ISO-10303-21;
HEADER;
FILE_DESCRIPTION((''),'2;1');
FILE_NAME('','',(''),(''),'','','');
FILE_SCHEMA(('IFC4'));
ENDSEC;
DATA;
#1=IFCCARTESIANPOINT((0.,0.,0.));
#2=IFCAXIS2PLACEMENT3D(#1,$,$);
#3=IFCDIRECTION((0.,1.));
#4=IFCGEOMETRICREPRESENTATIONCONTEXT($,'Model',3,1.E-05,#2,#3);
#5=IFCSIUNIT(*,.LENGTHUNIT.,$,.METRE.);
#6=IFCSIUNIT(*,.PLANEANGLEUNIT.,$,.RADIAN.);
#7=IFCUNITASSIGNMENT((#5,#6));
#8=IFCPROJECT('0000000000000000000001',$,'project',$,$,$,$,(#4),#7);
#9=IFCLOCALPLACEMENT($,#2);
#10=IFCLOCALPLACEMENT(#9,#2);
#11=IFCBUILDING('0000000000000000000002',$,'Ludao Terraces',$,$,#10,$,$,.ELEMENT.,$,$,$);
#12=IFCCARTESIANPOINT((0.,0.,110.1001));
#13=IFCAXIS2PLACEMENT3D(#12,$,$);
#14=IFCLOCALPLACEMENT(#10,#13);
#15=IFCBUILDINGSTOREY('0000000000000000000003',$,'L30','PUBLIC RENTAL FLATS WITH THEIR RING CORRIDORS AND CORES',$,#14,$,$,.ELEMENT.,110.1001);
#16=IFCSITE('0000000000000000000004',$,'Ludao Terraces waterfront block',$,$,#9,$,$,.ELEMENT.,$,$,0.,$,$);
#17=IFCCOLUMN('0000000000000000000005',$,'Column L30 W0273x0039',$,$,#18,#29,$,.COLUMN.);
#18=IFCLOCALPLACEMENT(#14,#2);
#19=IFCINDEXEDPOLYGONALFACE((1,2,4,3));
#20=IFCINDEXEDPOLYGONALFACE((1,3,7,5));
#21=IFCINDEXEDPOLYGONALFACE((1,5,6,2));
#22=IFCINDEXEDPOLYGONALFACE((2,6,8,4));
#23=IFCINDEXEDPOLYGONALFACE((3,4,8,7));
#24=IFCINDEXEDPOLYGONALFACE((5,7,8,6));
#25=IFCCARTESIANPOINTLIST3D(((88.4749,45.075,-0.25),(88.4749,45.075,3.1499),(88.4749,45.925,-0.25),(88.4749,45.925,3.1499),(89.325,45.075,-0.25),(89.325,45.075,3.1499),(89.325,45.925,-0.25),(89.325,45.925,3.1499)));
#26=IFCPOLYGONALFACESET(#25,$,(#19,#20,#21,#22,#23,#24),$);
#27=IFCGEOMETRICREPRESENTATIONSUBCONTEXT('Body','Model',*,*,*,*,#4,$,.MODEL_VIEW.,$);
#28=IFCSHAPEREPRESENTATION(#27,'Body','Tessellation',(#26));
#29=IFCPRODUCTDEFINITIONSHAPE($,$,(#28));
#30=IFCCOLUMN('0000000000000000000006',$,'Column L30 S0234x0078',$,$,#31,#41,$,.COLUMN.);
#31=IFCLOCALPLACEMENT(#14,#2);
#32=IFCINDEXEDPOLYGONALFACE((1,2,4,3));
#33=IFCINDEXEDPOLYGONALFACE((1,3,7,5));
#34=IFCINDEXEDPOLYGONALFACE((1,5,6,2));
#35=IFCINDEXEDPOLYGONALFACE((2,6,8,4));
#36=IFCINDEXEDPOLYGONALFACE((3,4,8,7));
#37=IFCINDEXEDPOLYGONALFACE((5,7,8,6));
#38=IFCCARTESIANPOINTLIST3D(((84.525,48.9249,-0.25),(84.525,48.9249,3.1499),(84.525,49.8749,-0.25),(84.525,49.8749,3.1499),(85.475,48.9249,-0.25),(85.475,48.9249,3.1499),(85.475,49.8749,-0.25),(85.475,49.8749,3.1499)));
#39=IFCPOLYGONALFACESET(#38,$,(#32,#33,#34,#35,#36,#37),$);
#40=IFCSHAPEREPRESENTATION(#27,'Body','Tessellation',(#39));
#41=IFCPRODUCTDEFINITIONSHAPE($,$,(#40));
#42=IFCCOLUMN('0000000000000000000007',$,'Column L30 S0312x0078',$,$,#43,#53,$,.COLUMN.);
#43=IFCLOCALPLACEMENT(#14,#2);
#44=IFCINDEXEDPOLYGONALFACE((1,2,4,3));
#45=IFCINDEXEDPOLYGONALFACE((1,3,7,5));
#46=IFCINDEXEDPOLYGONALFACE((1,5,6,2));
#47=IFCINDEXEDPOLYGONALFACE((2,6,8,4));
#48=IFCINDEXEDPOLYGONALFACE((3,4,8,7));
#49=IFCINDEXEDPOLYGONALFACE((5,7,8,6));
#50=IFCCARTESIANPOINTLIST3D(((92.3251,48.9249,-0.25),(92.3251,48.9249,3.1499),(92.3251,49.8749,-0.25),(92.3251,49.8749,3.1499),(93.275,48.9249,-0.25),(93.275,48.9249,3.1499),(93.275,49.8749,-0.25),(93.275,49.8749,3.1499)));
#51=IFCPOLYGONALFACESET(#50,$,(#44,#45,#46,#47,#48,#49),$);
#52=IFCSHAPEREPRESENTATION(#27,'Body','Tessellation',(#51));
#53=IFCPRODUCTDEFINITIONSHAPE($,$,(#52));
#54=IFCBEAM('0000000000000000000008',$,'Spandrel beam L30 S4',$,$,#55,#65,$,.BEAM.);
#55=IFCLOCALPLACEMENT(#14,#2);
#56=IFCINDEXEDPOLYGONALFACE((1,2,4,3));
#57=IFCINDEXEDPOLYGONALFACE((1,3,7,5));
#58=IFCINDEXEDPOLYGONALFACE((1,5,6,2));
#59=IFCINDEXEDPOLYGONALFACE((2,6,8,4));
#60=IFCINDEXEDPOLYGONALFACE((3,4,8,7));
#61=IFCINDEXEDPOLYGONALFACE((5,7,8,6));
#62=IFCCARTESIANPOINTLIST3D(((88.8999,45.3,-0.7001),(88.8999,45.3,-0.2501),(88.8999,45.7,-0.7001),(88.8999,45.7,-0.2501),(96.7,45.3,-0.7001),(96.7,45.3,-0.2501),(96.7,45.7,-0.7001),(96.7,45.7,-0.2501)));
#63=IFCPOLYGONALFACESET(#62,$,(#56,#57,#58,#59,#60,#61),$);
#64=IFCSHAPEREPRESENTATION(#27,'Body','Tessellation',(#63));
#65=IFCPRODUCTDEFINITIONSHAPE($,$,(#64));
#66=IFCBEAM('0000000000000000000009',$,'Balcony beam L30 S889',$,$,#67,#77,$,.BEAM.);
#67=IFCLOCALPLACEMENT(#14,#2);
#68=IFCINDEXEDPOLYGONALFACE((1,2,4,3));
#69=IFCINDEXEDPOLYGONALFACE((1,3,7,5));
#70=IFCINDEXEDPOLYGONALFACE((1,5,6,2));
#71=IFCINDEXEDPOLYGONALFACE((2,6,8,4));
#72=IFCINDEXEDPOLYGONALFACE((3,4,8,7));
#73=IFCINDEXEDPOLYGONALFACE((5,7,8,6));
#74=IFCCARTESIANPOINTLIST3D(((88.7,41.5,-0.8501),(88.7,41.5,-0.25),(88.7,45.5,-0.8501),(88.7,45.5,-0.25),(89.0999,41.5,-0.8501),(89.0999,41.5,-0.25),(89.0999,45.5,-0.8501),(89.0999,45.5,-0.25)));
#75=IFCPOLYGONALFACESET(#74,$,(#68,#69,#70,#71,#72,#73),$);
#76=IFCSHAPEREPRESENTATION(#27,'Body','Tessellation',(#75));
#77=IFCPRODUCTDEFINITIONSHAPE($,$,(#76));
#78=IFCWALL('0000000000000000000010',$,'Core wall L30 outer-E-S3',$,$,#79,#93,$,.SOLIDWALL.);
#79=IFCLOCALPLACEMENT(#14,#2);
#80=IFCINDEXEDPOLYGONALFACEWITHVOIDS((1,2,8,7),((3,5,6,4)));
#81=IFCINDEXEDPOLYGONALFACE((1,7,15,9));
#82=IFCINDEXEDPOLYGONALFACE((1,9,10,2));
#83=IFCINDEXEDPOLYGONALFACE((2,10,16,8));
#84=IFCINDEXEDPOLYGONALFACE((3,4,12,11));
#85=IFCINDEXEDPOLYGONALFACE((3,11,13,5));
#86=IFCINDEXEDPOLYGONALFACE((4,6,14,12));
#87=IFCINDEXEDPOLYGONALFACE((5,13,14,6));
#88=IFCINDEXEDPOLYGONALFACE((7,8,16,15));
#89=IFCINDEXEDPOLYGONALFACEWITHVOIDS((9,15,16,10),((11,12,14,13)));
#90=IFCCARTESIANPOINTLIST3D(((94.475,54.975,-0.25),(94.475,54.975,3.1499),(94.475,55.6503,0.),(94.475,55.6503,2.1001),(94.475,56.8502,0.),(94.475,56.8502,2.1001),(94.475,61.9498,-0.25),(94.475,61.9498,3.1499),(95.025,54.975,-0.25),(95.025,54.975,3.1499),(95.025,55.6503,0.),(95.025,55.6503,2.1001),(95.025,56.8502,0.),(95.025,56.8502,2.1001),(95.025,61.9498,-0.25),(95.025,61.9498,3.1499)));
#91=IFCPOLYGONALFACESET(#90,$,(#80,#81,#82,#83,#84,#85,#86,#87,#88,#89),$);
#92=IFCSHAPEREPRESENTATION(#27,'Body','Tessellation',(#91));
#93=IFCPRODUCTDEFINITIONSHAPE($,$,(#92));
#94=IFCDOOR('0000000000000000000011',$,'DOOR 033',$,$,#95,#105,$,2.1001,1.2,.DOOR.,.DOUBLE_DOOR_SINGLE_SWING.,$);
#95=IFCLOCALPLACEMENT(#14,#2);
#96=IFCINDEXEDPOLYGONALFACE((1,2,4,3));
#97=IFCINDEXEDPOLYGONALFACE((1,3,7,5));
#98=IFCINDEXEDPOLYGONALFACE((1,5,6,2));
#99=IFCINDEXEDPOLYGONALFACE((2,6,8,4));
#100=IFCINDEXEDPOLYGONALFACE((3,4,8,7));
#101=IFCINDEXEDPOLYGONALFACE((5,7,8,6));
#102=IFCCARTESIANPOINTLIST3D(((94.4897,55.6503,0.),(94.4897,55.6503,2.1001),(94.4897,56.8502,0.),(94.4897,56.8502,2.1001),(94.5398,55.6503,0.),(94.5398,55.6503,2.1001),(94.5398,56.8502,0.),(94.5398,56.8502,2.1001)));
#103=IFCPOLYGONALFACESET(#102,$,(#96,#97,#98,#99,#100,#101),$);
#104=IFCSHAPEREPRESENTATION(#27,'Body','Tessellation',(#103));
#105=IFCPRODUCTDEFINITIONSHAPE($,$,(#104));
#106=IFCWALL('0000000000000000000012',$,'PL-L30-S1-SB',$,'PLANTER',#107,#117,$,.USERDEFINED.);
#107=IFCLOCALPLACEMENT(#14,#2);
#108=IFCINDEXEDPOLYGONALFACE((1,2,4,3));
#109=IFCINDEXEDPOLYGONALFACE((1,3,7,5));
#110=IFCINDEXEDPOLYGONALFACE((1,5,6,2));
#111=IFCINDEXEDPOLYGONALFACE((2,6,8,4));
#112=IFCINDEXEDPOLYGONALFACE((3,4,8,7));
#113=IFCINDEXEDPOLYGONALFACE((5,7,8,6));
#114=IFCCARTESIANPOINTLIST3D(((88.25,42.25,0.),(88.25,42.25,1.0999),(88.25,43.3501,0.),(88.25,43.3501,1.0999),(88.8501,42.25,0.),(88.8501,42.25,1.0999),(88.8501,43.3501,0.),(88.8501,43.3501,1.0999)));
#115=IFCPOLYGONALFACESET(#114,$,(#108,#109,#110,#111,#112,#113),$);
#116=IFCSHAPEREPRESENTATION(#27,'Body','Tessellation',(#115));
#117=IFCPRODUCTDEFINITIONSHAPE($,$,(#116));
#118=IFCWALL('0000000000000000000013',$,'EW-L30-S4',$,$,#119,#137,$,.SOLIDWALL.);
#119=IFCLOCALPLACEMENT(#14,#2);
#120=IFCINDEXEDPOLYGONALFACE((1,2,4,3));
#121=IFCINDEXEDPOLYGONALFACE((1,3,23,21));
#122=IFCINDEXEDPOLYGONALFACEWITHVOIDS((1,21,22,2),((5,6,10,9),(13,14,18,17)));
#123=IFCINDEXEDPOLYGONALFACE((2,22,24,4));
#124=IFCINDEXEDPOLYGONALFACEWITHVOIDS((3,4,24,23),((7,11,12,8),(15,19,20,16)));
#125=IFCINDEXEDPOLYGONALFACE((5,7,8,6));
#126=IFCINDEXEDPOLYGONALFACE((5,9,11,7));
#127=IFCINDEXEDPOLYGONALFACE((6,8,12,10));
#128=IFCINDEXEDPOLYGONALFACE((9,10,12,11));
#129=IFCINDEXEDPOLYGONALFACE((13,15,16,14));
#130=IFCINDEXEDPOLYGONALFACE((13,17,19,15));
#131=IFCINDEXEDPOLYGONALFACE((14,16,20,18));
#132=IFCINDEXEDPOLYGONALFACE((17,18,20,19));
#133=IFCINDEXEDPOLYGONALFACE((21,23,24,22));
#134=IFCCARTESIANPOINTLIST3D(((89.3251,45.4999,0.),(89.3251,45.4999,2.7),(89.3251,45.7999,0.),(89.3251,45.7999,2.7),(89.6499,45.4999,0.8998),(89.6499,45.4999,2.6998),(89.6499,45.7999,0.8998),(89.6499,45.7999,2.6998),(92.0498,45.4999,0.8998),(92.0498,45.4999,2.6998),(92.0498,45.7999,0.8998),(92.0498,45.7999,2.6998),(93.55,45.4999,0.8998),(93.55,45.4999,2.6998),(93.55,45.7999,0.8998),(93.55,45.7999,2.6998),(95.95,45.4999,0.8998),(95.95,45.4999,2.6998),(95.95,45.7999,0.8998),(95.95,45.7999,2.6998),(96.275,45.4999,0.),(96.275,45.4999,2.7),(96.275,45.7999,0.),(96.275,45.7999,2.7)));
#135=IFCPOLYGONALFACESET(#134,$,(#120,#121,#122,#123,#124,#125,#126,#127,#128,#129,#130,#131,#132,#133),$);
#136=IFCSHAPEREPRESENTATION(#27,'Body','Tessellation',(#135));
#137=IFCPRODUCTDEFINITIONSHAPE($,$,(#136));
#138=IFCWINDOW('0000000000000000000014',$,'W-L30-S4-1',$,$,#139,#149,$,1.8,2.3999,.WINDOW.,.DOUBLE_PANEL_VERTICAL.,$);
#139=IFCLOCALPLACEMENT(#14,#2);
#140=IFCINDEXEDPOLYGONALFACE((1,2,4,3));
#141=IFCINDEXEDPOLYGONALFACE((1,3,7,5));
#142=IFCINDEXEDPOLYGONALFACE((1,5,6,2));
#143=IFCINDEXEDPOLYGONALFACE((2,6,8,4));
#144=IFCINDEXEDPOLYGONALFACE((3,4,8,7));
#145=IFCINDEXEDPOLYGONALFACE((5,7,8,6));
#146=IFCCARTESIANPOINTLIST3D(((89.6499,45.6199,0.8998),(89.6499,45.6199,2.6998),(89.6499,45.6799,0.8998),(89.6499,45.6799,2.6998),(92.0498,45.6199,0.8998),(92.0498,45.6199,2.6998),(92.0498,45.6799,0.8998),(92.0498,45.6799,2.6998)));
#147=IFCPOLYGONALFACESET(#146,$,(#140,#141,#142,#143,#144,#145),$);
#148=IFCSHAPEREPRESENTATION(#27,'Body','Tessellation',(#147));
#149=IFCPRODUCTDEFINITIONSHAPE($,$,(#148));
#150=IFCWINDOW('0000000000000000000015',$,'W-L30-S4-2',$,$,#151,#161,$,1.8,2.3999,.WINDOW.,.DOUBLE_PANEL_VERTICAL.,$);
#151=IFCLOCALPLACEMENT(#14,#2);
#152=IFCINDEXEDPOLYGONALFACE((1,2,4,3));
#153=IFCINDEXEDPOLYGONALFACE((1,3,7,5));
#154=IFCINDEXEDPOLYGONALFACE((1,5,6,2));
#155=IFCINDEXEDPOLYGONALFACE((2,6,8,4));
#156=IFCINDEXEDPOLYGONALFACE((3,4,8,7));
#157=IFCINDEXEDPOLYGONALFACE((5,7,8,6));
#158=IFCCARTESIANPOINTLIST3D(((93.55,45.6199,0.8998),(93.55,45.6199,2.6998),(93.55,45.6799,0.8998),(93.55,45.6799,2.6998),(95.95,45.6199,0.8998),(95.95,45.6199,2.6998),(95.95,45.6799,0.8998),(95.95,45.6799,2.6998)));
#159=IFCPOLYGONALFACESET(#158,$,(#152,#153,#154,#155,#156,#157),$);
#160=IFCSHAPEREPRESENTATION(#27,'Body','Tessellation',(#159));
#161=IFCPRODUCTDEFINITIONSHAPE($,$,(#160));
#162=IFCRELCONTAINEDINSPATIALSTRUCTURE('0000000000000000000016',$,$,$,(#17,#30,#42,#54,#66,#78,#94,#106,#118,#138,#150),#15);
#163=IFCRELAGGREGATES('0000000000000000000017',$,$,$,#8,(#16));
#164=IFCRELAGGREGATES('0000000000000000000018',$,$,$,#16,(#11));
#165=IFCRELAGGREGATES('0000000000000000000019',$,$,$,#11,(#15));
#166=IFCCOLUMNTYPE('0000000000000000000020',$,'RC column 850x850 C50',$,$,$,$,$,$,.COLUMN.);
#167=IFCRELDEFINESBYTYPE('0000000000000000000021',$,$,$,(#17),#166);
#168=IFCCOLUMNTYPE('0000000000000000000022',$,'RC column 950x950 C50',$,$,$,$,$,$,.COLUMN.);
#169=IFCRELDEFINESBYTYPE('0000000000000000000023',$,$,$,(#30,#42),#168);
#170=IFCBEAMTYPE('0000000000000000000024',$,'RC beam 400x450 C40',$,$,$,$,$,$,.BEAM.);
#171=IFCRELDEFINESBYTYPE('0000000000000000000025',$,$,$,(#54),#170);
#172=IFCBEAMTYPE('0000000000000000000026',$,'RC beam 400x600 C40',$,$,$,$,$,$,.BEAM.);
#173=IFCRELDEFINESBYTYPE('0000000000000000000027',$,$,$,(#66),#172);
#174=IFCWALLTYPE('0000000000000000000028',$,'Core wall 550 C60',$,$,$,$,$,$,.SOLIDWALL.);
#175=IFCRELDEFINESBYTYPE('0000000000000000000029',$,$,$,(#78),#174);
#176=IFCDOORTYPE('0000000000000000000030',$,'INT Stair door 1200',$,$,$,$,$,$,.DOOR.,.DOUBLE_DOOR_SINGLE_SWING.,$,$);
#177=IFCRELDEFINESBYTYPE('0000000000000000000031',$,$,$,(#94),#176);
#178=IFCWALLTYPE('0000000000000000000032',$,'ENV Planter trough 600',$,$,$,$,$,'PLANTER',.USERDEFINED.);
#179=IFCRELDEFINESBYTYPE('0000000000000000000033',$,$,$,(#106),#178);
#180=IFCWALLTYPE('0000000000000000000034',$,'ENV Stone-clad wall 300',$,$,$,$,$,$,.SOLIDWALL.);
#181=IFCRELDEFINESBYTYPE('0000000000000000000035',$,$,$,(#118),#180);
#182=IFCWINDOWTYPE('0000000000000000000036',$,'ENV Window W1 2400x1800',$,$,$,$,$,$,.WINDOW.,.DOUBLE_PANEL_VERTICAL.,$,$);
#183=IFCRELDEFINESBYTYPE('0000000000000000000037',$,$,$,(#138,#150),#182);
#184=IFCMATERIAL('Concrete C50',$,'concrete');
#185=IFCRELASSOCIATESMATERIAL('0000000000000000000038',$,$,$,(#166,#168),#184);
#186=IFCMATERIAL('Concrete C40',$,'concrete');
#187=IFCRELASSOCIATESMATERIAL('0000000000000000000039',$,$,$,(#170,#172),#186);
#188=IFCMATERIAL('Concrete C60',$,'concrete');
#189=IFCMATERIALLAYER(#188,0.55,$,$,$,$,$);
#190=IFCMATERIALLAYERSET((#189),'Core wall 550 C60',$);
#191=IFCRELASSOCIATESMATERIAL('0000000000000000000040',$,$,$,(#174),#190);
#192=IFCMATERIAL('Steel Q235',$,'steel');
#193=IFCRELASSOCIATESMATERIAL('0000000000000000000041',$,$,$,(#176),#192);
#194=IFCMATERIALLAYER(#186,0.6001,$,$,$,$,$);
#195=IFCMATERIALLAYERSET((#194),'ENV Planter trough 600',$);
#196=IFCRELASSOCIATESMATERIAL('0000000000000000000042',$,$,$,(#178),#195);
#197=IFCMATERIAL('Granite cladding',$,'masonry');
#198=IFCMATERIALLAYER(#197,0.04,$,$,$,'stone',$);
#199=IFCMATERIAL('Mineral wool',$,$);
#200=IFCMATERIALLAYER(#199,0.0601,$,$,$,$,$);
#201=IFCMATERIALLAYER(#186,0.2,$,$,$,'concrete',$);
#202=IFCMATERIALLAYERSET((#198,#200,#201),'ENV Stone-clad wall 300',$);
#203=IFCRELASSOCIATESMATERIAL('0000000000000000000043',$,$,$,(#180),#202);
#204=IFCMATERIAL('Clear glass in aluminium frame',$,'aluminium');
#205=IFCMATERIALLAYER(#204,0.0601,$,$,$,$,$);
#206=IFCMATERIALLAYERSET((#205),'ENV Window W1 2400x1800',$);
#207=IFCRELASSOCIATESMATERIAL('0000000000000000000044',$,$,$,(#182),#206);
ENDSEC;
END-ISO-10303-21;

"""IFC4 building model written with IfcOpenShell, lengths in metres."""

from ifc_helpers import new_model, si_unit, direction, frame, frame_2d, origin, origin_2d, place, context, subcontext, project, spatial, rectangle, extrude, material, layer, layer_set, material_profile, profile_set, type_object, element, fill, save


model = new_model("IFC4")

# Units and contexts
model_context = context("Model", 3, precision=1e-05, world=origin(), true_north=direction((0.0, 1.0)))
body_context = subcontext(model_context, "Body", "Model", "MODEL_VIEW")
ifc_project = project(units=[si_unit("LENGTHUNIT", "METRE"), si_unit("PLANEANGLEUNIT", "RADIAN")], contexts=[model_context])

# Site, building, storey
site_placement = place(None, origin())
site = spatial("IfcSite", under=ifc_project, at=site_placement, Name="Ludao Terraces waterfront block", CompositionType="ELEMENT", RefElevation=0.0)
building_placement = place(site_placement, origin())
building = spatial("IfcBuilding", under=site, at=building_placement, Name="Ludao Terraces", CompositionType="ELEMENT")
storey_placement = place(building_placement, frame((0.0, 0.0, 110.1001)))
storey = spatial("IfcBuildingStorey", under=building, at=storey_placement, Name="L30", Description="PUBLIC RENTAL FLATS WITH THEIR RING CORRIDORS AND CORES", CompositionType="ELEMENT", Elevation=110.1001)

# Columns
ifc_material_1 = material(Name="Concrete C50", Category="concrete")
ifc_material_profile_1 = material_profile(ifc_material_1, rectangle(XDim=0.8501, YDim=0.8501, at=origin_2d()), Name="850 X 850")
ifc_profile_set_1 = profile_set([ifc_material_profile_1], Name="Concrete C50")
column_type_1 = type_object("IfcColumnType", Name="RC column 850x850 C50", PredefinedType="COLUMN", material=ifc_profile_set_1)
column_placement = place(storey_placement, frame((88.8999, 45.5, -0.25), z_axis=(0.0, 0.0, 1.0), x_axis=(1.0, 0.0, 0.0)))
element("IfcColumn", 1, at=column_placement, inside=storey, type_object=column_type_1, Name="Column L30 W0273x0039", PredefinedType="COLUMN", context=body_context, shape_type="SweptSolid", body=[
    extrude(rectangle(XDim=0.8501, YDim=0.8501, at=origin_2d()), origin(), (0.0, 0.0, 1.0), 3.3999),
])
ifc_material_profile_2 = material_profile(ifc_material_1, rectangle(XDim=0.95, YDim=0.95, at=origin_2d()), Name="950 X 950")
ifc_profile_set_2 = profile_set([ifc_material_profile_2], Name="Concrete C50")
column_type_2 = type_object("IfcColumnType", Name="RC column 950x950 C50", PredefinedType="COLUMN", material=ifc_profile_set_2)
for number, where, z_axis, x_axis, name in (
    (2, (85.0, 49.3999, -0.25), (0.0, 0.0, 1.0), (1.0, 0.0, 0.0), "Column L30 S0234x0078"),
    (3, (92.8, 49.3999, -0.25), (0.0, 0.0, 1.0), (1.0, 0.0, 0.0), "Column L30 S0312x0078"),
):
    element("IfcColumn", number, at=place(storey_placement, frame(where, z_axis=z_axis, x_axis=x_axis)), inside=storey, type_object=column_type_2, Name=name, PredefinedType="COLUMN", context=body_context, shape_type="SweptSolid", body=[
        extrude(rectangle(XDim=0.95, YDim=0.95, at=origin_2d()), origin(), (0.0, 0.0, 1.0), 3.3999),
    ])

# Beams
ifc_material_2 = material(Name="Concrete C40", Category="concrete")
ifc_material_profile_3 = material_profile(ifc_material_2, rectangle(XDim=0.3999, YDim=0.45, at=origin_2d()), Name="400 X 450")
ifc_profile_set_3 = profile_set([ifc_material_profile_3], Name="Concrete C40")
beam_type_1 = type_object("IfcBeamType", Name="RC beam 400x450 C40", PredefinedType="BEAM", material=ifc_profile_set_3)
beam_1_placement = place(storey_placement, frame((88.8999, 45.5, -0.4751), z_axis=(1.0, 0.0, 0.0), x_axis=(0.0, 1.0, 0.0)))
element("IfcBeam", 4, at=beam_1_placement, inside=storey, type_object=beam_type_1, Name="Spandrel beam L30 S4", PredefinedType="BEAM", context=body_context, shape_type="SweptSolid", body=[
    extrude(rectangle(XDim=0.3999, YDim=0.45, at=origin_2d()), origin(), (0.0, 0.0, 1.0), 7.8),
])
ifc_material_profile_4 = material_profile(ifc_material_2, rectangle(XDim=0.3999, YDim=0.6001, at=origin_2d()), Name="400 X 600")
ifc_profile_set_4 = profile_set([ifc_material_profile_4], Name="Concrete C40")
beam_type_2 = type_object("IfcBeamType", Name="RC beam 400x600 C40", PredefinedType="BEAM", material=ifc_profile_set_4)
beam_2_placement = place(storey_placement, frame((88.8999, 45.5, -0.55), z_axis=(0.0, -1.0, 0.0), x_axis=(1.0, 0.0, 0.0)))
element("IfcBeam", 5, at=beam_2_placement, inside=storey, type_object=beam_type_2, Name="Balcony beam L30 S889", PredefinedType="BEAM", context=body_context, shape_type="SweptSolid", body=[
    extrude(rectangle(XDim=0.3999, YDim=0.6001, at=origin_2d()), origin(), (0.0, 0.0, 1.0), 4.0),
])

# Wall, opening, door
ifc_material_3 = material(Name="Concrete C60", Category="concrete")
ifc_layer_1 = layer(ifc_material_3, 0.55)
ifc_layer_set_1 = layer_set([ifc_layer_1], Name="Core wall 550 C60")
wall_type_1 = type_object("IfcWallType", Name="Core wall 550 C60", PredefinedType="SOLIDWALL", material=ifc_layer_set_1)
wall_1_placement = place(storey_placement, frame((94.75, 54.9751, -0.25), z_axis=(0.0, 0.0, 1.0), x_axis=(0.0, 1.0, 0.0)))
wall_1 = element("IfcWall", 6, at=wall_1_placement, inside=storey, type_object=wall_type_1, Name="Core wall L30 outer-E-S3", PredefinedType="SOLIDWALL", context=body_context, shape_type="SweptSolid", body=[
    extrude(rectangle(XDim=6.9749, YDim=0.55, at=frame_2d((3.4873, 0.0))), origin(), (0.0, 0.0, 1.0), 3.3999),
])
opening_1_placement = place(wall_1_placement, frame((0.675, 0.0, 0.25)))
opening_1 = element("IfcOpeningElement", 7, at=opening_1_placement, cuts=wall_1, PredefinedType="OPENING", context=body_context, shape_type="SweptSolid", body=[
    extrude(rectangle(XDim=1.2, YDim=2.1001, at=frame_2d((0.6001, 1.05))), frame((0.0, 0.2852, 0.0), z_axis=(0.0, -1.0, 0.0), x_axis=(1.0, 0.0, 0.0)), (0.0, 0.0, 1.0), 0.5701),
])
ifc_material_4 = material(Name="Steel Q235", Category="steel")
door_type_1 = type_object("IfcDoorType", Name="INT Stair door 1200", OperationType="DOUBLE_DOOR_SINGLE_SWING", PredefinedType="DOOR", material=ifc_material_4)
door_1_placement = place(opening_1_placement, origin())
door_1 = element("IfcDoor", 8, at=door_1_placement, inside=storey, type_object=door_type_1, Name="DOOR 033", OperationType="DOUBLE_DOOR_SINGLE_SWING", OverallHeight=2.1001, OverallWidth=1.2, PredefinedType="DOOR", context=body_context, shape_type="SweptSolid", body=[
    extrude(rectangle(XDim=1.2, YDim=2.1001, at=frame_2d((0.6001, 1.05))), frame((0.0, 0.2603, 0.0), z_axis=(0.0, -1.0, 0.0), x_axis=(1.0, 0.0, 0.0)), (0.0, 0.0, 1.0), 0.05),
])
fill(opening_1, door_1)

# Wall
ifc_layer_2 = layer(ifc_material_2, 0.6001)
ifc_layer_set_2 = layer_set([ifc_layer_2], Name="ENV Planter trough 600")
wall_type_2 = type_object("IfcWallType", Name="ENV Planter trough 600", ElementType="PLANTER", PredefinedType="USERDEFINED", material=ifc_layer_set_2)
wall_2_placement = place(storey_placement, frame((88.55, 42.25, 0.0), z_axis=(0.0, 0.0, 1.0), x_axis=(0.0, 1.0, 0.0)))
element("IfcWall", 9, at=wall_2_placement, inside=storey, type_object=wall_type_2, Name="PL-L30-S1-SB", ObjectType="PLANTER", PredefinedType="USERDEFINED", context=body_context, shape_type="SweptSolid", body=[
    extrude(rectangle(XDim=1.1001, YDim=0.6001, at=frame_2d((0.55, 0.0))), origin(), (0.0, 0.0, 1.0), 1.0999),
])

# Wall, openings, windows
ifc_material_5 = material(Name="Granite cladding", Category="masonry")
ifc_layer_3 = layer(ifc_material_5, 0.04, Category="stone")
ifc_material_6 = material(Name="Mineral wool")
ifc_layer_4 = layer(ifc_material_6, 0.0601)
ifc_layer_5 = layer(ifc_material_2, 0.2, Category="concrete")
ifc_layer_set_3 = layer_set([ifc_layer_3, ifc_layer_4, ifc_layer_5], Name="ENV Stone-clad wall 300")
wall_type_3 = type_object("IfcWallType", Name="ENV Stone-clad wall 300", PredefinedType="SOLIDWALL", material=ifc_layer_set_3)
wall_3_placement = place(storey_placement, frame((89.325, 45.6499, 0.0), z_axis=(0.0, 0.0, 1.0), x_axis=(1.0, 0.0, 0.0)))
wall_3 = element("IfcWall", 10, at=wall_3_placement, inside=storey, type_object=wall_type_3, Name="EW-L30-S4", PredefinedType="SOLIDWALL", context=body_context, shape_type="SweptSolid", body=[
    extrude(rectangle(XDim=6.95, YDim=0.3, at=frame_2d((3.4751, 0.0))), origin(), (0.0, 0.0, 1.0), 2.7),
])
opening_2_placement = place(wall_3_placement, frame((0.325, 0.0, 0.8999)))
opening_2 = element("IfcOpeningElement", 11, at=opening_2_placement, cuts=wall_3, PredefinedType="OPENING", context=body_context, shape_type="SweptSolid", body=[
    extrude(rectangle(XDim=2.3999, YDim=1.8, at=frame_2d((1.2, 0.8999))), frame((0.0, 0.1602, 0.0), z_axis=(0.0, -1.0, 0.0), x_axis=(1.0, 0.0, 0.0)), (0.0, 0.0, 1.0), 0.3201),
])
opening_3_placement = place(wall_3_placement, frame((4.2251, 0.0, 0.8999)))
opening_3 = element("IfcOpeningElement", 12, at=opening_3_placement, cuts=wall_3, PredefinedType="OPENING", context=body_context, shape_type="SweptSolid", body=[
    extrude(rectangle(XDim=2.3999, YDim=1.8, at=frame_2d((1.2, 0.8999))), frame((0.0, 0.1602, 0.0), z_axis=(0.0, -1.0, 0.0), x_axis=(1.0, 0.0, 0.0)), (0.0, 0.0, 1.0), 0.3201),
])
ifc_material_7 = material(Name="Clear glass in aluminium frame", Category="aluminium")
ifc_layer_6 = layer(ifc_material_7, 0.0601)
ifc_layer_set_4 = layer_set([ifc_layer_6], Name="ENV Window W1 2400x1800")
window_type = type_object("IfcWindowType", Name="ENV Window W1 2400x1800", PartitioningType="DOUBLE_PANEL_VERTICAL", PredefinedType="WINDOW", material=ifc_layer_set_4)
window_1_placement = place(opening_2_placement, origin())
window_1 = element("IfcWindow", 13, at=window_1_placement, inside=storey, type_object=window_type, Name="W-L30-S4-1", OverallHeight=1.8, OverallWidth=2.3999, PartitioningType="DOUBLE_PANEL_VERTICAL", PredefinedType="WINDOW", context=body_context, shape_type="SweptSolid", body=[
    extrude(rectangle(XDim=2.3999, YDim=1.8, at=frame_2d((1.2, 0.8999))), frame((0.0, 0.03, 0.0), z_axis=(0.0, -1.0, 0.0), x_axis=(1.0, 0.0, 0.0)), (0.0, 0.0, 1.0), 0.0601),
])
fill(opening_2, window_1)
window_2_placement = place(opening_3_placement, origin())
window_2 = element("IfcWindow", 14, at=window_2_placement, inside=storey, type_object=window_type, Name="W-L30-S4-2", OverallHeight=1.8, OverallWidth=2.3999, PartitioningType="DOUBLE_PANEL_VERTICAL", PredefinedType="WINDOW", context=body_context, shape_type="SweptSolid", body=[
    extrude(rectangle(XDim=2.3999, YDim=1.8, at=frame_2d((1.2, 0.8999))), frame((0.0, 0.03, 0.0), z_axis=(0.0, -1.0, 0.0), x_axis=(1.0, 0.0, 0.0)), (0.0, 0.0, 1.0), 0.0601),
])
fill(opening_3, window_2)

save(model, "model.ifc")
